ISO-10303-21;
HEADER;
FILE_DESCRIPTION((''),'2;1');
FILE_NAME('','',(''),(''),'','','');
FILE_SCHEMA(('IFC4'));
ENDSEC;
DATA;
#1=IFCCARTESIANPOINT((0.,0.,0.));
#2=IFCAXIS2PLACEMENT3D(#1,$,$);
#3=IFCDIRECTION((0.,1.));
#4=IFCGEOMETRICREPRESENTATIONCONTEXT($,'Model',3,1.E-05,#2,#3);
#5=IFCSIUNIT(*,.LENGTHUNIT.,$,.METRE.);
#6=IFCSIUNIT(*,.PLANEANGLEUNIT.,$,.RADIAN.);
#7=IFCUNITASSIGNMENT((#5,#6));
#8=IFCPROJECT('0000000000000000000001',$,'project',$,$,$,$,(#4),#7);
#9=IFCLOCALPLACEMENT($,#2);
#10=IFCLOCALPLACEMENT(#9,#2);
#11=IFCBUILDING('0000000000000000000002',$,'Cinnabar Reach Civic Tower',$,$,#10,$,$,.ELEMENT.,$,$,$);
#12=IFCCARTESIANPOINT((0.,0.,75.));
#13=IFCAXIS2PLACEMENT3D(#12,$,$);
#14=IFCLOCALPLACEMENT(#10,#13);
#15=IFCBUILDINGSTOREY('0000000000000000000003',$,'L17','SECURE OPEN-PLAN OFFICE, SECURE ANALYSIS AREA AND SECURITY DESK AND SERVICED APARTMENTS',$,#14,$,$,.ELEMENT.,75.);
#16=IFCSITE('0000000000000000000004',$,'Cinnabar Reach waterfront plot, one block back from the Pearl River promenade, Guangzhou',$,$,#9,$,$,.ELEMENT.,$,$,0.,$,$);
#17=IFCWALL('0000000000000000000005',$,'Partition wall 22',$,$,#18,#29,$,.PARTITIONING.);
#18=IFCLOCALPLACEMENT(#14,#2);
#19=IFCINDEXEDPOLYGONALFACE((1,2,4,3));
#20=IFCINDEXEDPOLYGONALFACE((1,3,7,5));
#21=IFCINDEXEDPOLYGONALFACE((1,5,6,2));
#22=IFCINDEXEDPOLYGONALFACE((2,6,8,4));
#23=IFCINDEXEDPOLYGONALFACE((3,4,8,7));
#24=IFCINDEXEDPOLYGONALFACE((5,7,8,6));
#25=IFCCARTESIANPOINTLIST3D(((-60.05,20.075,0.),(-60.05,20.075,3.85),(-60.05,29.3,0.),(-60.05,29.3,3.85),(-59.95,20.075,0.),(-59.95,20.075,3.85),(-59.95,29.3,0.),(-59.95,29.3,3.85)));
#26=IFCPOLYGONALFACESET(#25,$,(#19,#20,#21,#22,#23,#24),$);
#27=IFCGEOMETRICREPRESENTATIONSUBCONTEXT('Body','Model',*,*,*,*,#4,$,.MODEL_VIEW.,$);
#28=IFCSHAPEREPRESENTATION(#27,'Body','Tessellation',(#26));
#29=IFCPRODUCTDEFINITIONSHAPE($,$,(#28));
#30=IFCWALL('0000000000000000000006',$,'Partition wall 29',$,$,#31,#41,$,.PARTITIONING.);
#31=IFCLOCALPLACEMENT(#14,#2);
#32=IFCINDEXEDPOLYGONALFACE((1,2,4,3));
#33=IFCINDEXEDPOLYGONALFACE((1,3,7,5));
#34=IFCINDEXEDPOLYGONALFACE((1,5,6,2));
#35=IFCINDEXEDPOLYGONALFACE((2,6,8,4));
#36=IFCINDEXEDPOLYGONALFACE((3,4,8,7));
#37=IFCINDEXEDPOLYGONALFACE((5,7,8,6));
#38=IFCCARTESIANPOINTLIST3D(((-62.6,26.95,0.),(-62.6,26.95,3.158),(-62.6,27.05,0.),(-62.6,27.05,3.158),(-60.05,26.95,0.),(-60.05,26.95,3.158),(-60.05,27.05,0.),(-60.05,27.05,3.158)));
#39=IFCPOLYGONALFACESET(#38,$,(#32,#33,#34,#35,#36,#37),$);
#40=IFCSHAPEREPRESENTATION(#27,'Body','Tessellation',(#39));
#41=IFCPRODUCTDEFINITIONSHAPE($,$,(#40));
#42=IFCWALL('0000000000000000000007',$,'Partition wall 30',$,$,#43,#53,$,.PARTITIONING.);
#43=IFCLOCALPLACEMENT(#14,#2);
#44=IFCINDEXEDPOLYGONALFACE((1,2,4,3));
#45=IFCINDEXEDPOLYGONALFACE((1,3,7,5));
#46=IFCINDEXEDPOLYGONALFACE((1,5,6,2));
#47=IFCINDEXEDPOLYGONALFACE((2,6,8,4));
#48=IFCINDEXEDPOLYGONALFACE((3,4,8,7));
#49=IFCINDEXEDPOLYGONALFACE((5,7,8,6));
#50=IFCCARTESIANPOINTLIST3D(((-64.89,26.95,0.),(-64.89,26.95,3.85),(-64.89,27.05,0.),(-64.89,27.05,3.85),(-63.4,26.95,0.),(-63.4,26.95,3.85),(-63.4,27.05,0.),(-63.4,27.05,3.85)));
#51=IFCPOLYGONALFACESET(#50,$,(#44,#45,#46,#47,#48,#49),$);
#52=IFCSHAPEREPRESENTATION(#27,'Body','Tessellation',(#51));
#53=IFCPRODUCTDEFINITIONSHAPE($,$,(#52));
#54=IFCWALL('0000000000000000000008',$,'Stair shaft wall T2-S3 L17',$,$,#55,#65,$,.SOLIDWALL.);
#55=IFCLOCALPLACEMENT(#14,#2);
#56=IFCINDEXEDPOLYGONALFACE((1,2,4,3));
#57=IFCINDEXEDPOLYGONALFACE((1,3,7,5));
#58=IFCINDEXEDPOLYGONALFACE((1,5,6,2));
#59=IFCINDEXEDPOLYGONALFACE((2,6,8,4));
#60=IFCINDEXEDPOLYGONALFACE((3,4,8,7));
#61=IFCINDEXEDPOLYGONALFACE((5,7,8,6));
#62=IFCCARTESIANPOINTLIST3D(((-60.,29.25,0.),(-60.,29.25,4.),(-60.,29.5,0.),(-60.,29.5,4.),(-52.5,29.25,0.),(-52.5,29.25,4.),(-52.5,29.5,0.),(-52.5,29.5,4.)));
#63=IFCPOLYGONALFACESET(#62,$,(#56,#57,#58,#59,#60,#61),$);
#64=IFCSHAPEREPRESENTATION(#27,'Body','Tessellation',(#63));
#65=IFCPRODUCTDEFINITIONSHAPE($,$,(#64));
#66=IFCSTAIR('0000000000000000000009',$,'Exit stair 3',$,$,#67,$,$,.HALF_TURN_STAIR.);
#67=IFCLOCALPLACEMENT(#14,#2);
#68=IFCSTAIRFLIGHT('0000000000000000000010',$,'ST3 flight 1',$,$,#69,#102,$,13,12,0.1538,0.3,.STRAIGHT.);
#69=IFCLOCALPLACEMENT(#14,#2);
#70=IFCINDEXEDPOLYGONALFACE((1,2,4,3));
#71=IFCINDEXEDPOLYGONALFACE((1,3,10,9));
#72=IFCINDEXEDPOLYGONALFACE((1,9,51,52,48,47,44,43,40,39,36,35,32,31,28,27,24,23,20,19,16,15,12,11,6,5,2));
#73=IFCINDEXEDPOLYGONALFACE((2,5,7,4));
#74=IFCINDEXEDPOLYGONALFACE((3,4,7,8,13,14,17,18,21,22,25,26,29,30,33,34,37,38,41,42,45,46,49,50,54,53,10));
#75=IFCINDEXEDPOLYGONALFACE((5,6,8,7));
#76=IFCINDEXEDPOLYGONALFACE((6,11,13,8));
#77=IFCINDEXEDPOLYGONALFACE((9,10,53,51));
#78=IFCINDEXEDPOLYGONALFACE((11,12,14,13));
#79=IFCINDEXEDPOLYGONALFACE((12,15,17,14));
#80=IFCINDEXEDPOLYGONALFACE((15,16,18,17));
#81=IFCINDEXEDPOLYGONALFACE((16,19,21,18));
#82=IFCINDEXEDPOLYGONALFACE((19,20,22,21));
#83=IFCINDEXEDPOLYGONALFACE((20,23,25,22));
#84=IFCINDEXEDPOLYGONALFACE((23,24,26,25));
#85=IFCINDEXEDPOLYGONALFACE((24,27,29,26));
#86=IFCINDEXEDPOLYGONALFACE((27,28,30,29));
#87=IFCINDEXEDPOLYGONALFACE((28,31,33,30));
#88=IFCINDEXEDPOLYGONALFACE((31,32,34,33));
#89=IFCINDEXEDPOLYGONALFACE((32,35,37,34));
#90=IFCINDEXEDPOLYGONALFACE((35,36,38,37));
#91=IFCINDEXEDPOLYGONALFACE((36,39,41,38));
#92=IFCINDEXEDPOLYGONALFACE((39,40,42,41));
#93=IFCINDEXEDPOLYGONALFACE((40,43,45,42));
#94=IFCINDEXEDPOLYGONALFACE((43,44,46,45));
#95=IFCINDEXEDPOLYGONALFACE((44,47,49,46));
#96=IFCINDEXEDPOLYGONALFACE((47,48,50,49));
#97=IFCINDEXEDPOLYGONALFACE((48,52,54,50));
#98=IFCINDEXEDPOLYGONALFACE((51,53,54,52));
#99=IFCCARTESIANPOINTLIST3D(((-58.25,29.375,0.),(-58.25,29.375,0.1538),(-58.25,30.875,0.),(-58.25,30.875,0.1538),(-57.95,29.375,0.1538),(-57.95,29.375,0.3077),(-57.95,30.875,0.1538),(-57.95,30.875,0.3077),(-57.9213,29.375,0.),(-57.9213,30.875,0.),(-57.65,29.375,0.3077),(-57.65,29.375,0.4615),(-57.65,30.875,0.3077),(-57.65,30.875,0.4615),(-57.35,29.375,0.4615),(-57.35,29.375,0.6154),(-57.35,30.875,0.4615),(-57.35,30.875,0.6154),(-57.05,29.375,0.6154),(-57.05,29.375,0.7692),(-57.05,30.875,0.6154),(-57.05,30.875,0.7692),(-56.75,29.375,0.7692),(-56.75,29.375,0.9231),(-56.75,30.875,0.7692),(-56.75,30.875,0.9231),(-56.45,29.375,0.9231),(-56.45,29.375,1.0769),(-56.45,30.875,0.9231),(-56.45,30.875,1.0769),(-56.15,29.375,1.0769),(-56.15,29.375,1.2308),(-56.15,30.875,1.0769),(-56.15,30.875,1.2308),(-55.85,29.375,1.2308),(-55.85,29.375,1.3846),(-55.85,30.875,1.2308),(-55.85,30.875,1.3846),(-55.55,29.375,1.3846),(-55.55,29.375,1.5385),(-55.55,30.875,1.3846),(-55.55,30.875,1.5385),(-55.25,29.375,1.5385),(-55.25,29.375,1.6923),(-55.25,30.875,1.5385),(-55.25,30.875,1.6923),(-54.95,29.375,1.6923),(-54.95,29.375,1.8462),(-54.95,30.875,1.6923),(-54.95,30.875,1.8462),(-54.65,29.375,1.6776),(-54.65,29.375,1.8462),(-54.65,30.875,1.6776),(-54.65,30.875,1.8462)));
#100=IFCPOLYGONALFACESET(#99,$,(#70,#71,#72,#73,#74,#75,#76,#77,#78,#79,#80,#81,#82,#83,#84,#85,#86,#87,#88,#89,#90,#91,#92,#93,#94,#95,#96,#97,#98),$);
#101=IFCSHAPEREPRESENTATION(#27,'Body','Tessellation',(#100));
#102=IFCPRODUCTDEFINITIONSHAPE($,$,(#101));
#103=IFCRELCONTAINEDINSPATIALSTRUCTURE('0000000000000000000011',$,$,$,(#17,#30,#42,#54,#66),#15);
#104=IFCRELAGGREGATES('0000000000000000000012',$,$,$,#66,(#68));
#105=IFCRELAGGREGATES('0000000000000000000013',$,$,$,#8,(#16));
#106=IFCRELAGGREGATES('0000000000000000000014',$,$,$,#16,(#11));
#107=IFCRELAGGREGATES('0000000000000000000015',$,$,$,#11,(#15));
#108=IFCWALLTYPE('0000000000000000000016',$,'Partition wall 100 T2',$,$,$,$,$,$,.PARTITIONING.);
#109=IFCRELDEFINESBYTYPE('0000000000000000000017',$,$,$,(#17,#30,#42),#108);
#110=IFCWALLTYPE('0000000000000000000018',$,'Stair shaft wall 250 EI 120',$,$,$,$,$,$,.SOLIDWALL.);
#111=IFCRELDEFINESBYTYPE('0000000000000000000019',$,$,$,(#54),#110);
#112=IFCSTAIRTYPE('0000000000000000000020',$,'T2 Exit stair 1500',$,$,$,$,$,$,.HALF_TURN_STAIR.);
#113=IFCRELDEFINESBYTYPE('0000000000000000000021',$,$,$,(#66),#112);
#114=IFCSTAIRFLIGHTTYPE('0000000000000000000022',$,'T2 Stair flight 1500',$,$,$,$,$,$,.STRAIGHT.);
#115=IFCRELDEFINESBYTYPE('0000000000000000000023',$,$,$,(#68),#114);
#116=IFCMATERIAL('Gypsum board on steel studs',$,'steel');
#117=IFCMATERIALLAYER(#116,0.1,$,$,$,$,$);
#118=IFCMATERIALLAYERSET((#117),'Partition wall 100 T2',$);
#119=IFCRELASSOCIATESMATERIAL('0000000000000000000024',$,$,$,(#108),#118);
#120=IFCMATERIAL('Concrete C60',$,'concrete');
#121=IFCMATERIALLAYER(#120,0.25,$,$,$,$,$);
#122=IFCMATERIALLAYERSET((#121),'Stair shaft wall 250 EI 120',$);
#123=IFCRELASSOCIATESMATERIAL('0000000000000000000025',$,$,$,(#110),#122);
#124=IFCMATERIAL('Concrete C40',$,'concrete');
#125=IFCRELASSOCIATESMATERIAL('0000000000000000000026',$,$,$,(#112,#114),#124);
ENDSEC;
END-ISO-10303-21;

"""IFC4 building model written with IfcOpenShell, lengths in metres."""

from ifc_helpers import new_model, si_unit, direction, frame, frame_2d, origin, place, context, subcontext, project, spatial, polyline, rectangle, outline, extrude, material, layer, layer_set, type_object, element, aggregate, save


model = new_model("IFC4")

# Units and contexts
model_context = context("Model", 3, precision=1e-05, world=origin(), true_north=direction((0.0, 1.0)))
body_context = subcontext(model_context, "Body", "Model", "MODEL_VIEW")
ifc_project = project(units=[si_unit("LENGTHUNIT", "METRE"), si_unit("PLANEANGLEUNIT", "RADIAN")], contexts=[model_context])

# Site, building, storey
site_placement = place(None, origin())
site = spatial("IfcSite", under=ifc_project, at=site_placement, Name="Cinnabar Reach waterfront plot, one block back from the Pearl River promenade, Guangzhou", CompositionType="ELEMENT", RefElevation=0.0)
building_placement = place(site_placement, origin())
building = spatial("IfcBuilding", under=site, at=building_placement, Name="Cinnabar Reach Civic Tower", CompositionType="ELEMENT")
storey_placement = place(building_placement, frame((0.0, 0.0, 75.0)))
storey = spatial("IfcBuildingStorey", under=building, at=storey_placement, Name="L17", Description="SECURE OPEN-PLAN OFFICE, SECURE ANALYSIS AREA AND SECURITY DESK AND SERVICED APARTMENTS", CompositionType="ELEMENT", Elevation=75.0)

# Shared definitions
ifc_material_1 = material(Name="Concrete C60", Category="concrete")

# Walls
ifc_material_2 = material(Name="Gypsum board on steel studs", Category="steel")
ifc_layer_1 = layer(ifc_material_2, 0.1)
ifc_layer_set_1 = layer_set([ifc_layer_1], Name="Partition wall 100 T2")
wall_type_1 = type_object("IfcWallType", Name="Partition wall 100 T2", PredefinedType="PARTITIONING", material=ifc_layer_set_1)
wall_1_placement = place(storey_placement, frame((-60.0, 20.075, 0.0), z_axis=(0.0, 0.0, 1.0), x_axis=(0.0, 1.0, 0.0)))
element("IfcWall", 1, at=wall_1_placement, inside=storey, type_object=wall_type_1, Name="Partition wall 22", PredefinedType="PARTITIONING", context=body_context, shape_type="SweptSolid", body=[
    extrude(rectangle(XDim=9.225, YDim=0.1, at=frame_2d((4.6125, 0.0))), origin(), (0.0, 0.0, 1.0), 3.85),
])
wall_2_placement = place(storey_placement, frame((-62.6, 27.0, 0.0), z_axis=(0.0, 0.0, 1.0), x_axis=(1.0, 0.0, 0.0)))
element("IfcWall", 2, at=wall_2_placement, inside=storey, type_object=wall_type_1, Name="Partition wall 29", PredefinedType="PARTITIONING", context=body_context, shape_type="SweptSolid", body=[
    extrude(rectangle(XDim=2.55, YDim=0.1, at=frame_2d((1.275, 0.0))), origin(), (0.0, 0.0, 1.0), 3.158),
])
wall_3_placement = place(storey_placement, frame((-64.89, 27.0, 0.0), z_axis=(0.0, 0.0, 1.0), x_axis=(1.0, 0.0, 0.0)))
element("IfcWall", 3, at=wall_3_placement, inside=storey, type_object=wall_type_1, Name="Partition wall 30", PredefinedType="PARTITIONING", context=body_context, shape_type="SweptSolid", body=[
    extrude(rectangle(XDim=1.49, YDim=0.1, at=frame_2d((0.745, 0.0))), origin(), (0.0, 0.0, 1.0), 3.85),
])
ifc_layer_2 = layer(ifc_material_1, 0.25)
ifc_layer_set_2 = layer_set([ifc_layer_2], Name="Stair shaft wall 250 EI 120")
wall_type_2 = type_object("IfcWallType", Name="Stair shaft wall 250 EI 120", PredefinedType="SOLIDWALL", material=ifc_layer_set_2)
wall_4_placement = place(storey_placement, frame((-60.0, 29.375, 0.0), z_axis=(0.0, 0.0, 1.0), x_axis=(1.0, 0.0, 0.0)))
element("IfcWall", 4, at=wall_4_placement, inside=storey, type_object=wall_type_2, Name="Stair shaft wall T2-S3 L17", PredefinedType="SOLIDWALL", context=body_context, shape_type="SweptSolid", body=[
    extrude(rectangle(XDim=7.5, YDim=0.25, at=frame_2d((3.75, 0.0))), origin(), (0.0, 0.0, 1.0), 4.0),
])

# Stair, stair flight
ifc_material_3 = material(Name="Concrete C40", Category="concrete")
stair_type = type_object("IfcStairType", Name="T2 Exit stair 1500", PredefinedType="HALF_TURN_STAIR", material=ifc_material_3)
stair_placement = place(storey_placement, origin())
stair = element("IfcStair", 5, at=stair_placement, inside=storey, type_object=stair_type, Name="Exit stair 3", PredefinedType="HALF_TURN_STAIR")
stair_flight_type = type_object("IfcStairFlightType", Name="T2 Stair flight 1500", PredefinedType="STRAIGHT", material=ifc_material_3)
stair_flight_placement = place(storey_placement, frame((-58.25, 30.125, 0.0), z_axis=(0.0, 0.0, 1.0), x_axis=(1.0, 0.0, 0.0)))
stair_flight = element("IfcStairFlight", 6, at=stair_flight_placement, type_object=stair_flight_type, Name="ST3 flight 1", NumberOfRisers=13, NumberOfTreads=12, PredefinedType="STRAIGHT", RiserHeight=0.1538, TreadLength=0.3, context=body_context, shape_type="SweptSolid", body=[
    extrude(outline(polyline([(0.0, 0.0), (0.0, 0.1538), (0.3, 0.1538), (0.3, 0.3077), (0.6, 0.3077), (0.6, 0.4615), (0.9, 0.4615), (0.9, 0.6154), (1.2, 0.6154), (1.2, 0.7692), (1.5, 0.7692), (1.5, 0.9231), (1.8, 0.9231), (1.8, 1.0769), (2.1, 1.0769), (2.1, 1.2308), (2.4, 1.2308), (2.4, 1.3846), (2.7, 1.3846), (2.7, 1.5385), (3.0, 1.5385), (3.0, 1.6923), (3.3, 1.6923), (3.3, 1.8462), (3.6, 1.8462), (3.6, 2.0), (3.6, 1.6776), (0.3287, 0.0), (0.0, 0.0)])), frame((0.0, 0.75, 0.0), z_axis=(0.0, -1.0, 0.0), x_axis=(1.0, 0.0, 0.0)), (0.0, 0.0, 1.0), 1.5),
])
aggregate(stair, [stair_flight])

save(model, "model.ifc")
